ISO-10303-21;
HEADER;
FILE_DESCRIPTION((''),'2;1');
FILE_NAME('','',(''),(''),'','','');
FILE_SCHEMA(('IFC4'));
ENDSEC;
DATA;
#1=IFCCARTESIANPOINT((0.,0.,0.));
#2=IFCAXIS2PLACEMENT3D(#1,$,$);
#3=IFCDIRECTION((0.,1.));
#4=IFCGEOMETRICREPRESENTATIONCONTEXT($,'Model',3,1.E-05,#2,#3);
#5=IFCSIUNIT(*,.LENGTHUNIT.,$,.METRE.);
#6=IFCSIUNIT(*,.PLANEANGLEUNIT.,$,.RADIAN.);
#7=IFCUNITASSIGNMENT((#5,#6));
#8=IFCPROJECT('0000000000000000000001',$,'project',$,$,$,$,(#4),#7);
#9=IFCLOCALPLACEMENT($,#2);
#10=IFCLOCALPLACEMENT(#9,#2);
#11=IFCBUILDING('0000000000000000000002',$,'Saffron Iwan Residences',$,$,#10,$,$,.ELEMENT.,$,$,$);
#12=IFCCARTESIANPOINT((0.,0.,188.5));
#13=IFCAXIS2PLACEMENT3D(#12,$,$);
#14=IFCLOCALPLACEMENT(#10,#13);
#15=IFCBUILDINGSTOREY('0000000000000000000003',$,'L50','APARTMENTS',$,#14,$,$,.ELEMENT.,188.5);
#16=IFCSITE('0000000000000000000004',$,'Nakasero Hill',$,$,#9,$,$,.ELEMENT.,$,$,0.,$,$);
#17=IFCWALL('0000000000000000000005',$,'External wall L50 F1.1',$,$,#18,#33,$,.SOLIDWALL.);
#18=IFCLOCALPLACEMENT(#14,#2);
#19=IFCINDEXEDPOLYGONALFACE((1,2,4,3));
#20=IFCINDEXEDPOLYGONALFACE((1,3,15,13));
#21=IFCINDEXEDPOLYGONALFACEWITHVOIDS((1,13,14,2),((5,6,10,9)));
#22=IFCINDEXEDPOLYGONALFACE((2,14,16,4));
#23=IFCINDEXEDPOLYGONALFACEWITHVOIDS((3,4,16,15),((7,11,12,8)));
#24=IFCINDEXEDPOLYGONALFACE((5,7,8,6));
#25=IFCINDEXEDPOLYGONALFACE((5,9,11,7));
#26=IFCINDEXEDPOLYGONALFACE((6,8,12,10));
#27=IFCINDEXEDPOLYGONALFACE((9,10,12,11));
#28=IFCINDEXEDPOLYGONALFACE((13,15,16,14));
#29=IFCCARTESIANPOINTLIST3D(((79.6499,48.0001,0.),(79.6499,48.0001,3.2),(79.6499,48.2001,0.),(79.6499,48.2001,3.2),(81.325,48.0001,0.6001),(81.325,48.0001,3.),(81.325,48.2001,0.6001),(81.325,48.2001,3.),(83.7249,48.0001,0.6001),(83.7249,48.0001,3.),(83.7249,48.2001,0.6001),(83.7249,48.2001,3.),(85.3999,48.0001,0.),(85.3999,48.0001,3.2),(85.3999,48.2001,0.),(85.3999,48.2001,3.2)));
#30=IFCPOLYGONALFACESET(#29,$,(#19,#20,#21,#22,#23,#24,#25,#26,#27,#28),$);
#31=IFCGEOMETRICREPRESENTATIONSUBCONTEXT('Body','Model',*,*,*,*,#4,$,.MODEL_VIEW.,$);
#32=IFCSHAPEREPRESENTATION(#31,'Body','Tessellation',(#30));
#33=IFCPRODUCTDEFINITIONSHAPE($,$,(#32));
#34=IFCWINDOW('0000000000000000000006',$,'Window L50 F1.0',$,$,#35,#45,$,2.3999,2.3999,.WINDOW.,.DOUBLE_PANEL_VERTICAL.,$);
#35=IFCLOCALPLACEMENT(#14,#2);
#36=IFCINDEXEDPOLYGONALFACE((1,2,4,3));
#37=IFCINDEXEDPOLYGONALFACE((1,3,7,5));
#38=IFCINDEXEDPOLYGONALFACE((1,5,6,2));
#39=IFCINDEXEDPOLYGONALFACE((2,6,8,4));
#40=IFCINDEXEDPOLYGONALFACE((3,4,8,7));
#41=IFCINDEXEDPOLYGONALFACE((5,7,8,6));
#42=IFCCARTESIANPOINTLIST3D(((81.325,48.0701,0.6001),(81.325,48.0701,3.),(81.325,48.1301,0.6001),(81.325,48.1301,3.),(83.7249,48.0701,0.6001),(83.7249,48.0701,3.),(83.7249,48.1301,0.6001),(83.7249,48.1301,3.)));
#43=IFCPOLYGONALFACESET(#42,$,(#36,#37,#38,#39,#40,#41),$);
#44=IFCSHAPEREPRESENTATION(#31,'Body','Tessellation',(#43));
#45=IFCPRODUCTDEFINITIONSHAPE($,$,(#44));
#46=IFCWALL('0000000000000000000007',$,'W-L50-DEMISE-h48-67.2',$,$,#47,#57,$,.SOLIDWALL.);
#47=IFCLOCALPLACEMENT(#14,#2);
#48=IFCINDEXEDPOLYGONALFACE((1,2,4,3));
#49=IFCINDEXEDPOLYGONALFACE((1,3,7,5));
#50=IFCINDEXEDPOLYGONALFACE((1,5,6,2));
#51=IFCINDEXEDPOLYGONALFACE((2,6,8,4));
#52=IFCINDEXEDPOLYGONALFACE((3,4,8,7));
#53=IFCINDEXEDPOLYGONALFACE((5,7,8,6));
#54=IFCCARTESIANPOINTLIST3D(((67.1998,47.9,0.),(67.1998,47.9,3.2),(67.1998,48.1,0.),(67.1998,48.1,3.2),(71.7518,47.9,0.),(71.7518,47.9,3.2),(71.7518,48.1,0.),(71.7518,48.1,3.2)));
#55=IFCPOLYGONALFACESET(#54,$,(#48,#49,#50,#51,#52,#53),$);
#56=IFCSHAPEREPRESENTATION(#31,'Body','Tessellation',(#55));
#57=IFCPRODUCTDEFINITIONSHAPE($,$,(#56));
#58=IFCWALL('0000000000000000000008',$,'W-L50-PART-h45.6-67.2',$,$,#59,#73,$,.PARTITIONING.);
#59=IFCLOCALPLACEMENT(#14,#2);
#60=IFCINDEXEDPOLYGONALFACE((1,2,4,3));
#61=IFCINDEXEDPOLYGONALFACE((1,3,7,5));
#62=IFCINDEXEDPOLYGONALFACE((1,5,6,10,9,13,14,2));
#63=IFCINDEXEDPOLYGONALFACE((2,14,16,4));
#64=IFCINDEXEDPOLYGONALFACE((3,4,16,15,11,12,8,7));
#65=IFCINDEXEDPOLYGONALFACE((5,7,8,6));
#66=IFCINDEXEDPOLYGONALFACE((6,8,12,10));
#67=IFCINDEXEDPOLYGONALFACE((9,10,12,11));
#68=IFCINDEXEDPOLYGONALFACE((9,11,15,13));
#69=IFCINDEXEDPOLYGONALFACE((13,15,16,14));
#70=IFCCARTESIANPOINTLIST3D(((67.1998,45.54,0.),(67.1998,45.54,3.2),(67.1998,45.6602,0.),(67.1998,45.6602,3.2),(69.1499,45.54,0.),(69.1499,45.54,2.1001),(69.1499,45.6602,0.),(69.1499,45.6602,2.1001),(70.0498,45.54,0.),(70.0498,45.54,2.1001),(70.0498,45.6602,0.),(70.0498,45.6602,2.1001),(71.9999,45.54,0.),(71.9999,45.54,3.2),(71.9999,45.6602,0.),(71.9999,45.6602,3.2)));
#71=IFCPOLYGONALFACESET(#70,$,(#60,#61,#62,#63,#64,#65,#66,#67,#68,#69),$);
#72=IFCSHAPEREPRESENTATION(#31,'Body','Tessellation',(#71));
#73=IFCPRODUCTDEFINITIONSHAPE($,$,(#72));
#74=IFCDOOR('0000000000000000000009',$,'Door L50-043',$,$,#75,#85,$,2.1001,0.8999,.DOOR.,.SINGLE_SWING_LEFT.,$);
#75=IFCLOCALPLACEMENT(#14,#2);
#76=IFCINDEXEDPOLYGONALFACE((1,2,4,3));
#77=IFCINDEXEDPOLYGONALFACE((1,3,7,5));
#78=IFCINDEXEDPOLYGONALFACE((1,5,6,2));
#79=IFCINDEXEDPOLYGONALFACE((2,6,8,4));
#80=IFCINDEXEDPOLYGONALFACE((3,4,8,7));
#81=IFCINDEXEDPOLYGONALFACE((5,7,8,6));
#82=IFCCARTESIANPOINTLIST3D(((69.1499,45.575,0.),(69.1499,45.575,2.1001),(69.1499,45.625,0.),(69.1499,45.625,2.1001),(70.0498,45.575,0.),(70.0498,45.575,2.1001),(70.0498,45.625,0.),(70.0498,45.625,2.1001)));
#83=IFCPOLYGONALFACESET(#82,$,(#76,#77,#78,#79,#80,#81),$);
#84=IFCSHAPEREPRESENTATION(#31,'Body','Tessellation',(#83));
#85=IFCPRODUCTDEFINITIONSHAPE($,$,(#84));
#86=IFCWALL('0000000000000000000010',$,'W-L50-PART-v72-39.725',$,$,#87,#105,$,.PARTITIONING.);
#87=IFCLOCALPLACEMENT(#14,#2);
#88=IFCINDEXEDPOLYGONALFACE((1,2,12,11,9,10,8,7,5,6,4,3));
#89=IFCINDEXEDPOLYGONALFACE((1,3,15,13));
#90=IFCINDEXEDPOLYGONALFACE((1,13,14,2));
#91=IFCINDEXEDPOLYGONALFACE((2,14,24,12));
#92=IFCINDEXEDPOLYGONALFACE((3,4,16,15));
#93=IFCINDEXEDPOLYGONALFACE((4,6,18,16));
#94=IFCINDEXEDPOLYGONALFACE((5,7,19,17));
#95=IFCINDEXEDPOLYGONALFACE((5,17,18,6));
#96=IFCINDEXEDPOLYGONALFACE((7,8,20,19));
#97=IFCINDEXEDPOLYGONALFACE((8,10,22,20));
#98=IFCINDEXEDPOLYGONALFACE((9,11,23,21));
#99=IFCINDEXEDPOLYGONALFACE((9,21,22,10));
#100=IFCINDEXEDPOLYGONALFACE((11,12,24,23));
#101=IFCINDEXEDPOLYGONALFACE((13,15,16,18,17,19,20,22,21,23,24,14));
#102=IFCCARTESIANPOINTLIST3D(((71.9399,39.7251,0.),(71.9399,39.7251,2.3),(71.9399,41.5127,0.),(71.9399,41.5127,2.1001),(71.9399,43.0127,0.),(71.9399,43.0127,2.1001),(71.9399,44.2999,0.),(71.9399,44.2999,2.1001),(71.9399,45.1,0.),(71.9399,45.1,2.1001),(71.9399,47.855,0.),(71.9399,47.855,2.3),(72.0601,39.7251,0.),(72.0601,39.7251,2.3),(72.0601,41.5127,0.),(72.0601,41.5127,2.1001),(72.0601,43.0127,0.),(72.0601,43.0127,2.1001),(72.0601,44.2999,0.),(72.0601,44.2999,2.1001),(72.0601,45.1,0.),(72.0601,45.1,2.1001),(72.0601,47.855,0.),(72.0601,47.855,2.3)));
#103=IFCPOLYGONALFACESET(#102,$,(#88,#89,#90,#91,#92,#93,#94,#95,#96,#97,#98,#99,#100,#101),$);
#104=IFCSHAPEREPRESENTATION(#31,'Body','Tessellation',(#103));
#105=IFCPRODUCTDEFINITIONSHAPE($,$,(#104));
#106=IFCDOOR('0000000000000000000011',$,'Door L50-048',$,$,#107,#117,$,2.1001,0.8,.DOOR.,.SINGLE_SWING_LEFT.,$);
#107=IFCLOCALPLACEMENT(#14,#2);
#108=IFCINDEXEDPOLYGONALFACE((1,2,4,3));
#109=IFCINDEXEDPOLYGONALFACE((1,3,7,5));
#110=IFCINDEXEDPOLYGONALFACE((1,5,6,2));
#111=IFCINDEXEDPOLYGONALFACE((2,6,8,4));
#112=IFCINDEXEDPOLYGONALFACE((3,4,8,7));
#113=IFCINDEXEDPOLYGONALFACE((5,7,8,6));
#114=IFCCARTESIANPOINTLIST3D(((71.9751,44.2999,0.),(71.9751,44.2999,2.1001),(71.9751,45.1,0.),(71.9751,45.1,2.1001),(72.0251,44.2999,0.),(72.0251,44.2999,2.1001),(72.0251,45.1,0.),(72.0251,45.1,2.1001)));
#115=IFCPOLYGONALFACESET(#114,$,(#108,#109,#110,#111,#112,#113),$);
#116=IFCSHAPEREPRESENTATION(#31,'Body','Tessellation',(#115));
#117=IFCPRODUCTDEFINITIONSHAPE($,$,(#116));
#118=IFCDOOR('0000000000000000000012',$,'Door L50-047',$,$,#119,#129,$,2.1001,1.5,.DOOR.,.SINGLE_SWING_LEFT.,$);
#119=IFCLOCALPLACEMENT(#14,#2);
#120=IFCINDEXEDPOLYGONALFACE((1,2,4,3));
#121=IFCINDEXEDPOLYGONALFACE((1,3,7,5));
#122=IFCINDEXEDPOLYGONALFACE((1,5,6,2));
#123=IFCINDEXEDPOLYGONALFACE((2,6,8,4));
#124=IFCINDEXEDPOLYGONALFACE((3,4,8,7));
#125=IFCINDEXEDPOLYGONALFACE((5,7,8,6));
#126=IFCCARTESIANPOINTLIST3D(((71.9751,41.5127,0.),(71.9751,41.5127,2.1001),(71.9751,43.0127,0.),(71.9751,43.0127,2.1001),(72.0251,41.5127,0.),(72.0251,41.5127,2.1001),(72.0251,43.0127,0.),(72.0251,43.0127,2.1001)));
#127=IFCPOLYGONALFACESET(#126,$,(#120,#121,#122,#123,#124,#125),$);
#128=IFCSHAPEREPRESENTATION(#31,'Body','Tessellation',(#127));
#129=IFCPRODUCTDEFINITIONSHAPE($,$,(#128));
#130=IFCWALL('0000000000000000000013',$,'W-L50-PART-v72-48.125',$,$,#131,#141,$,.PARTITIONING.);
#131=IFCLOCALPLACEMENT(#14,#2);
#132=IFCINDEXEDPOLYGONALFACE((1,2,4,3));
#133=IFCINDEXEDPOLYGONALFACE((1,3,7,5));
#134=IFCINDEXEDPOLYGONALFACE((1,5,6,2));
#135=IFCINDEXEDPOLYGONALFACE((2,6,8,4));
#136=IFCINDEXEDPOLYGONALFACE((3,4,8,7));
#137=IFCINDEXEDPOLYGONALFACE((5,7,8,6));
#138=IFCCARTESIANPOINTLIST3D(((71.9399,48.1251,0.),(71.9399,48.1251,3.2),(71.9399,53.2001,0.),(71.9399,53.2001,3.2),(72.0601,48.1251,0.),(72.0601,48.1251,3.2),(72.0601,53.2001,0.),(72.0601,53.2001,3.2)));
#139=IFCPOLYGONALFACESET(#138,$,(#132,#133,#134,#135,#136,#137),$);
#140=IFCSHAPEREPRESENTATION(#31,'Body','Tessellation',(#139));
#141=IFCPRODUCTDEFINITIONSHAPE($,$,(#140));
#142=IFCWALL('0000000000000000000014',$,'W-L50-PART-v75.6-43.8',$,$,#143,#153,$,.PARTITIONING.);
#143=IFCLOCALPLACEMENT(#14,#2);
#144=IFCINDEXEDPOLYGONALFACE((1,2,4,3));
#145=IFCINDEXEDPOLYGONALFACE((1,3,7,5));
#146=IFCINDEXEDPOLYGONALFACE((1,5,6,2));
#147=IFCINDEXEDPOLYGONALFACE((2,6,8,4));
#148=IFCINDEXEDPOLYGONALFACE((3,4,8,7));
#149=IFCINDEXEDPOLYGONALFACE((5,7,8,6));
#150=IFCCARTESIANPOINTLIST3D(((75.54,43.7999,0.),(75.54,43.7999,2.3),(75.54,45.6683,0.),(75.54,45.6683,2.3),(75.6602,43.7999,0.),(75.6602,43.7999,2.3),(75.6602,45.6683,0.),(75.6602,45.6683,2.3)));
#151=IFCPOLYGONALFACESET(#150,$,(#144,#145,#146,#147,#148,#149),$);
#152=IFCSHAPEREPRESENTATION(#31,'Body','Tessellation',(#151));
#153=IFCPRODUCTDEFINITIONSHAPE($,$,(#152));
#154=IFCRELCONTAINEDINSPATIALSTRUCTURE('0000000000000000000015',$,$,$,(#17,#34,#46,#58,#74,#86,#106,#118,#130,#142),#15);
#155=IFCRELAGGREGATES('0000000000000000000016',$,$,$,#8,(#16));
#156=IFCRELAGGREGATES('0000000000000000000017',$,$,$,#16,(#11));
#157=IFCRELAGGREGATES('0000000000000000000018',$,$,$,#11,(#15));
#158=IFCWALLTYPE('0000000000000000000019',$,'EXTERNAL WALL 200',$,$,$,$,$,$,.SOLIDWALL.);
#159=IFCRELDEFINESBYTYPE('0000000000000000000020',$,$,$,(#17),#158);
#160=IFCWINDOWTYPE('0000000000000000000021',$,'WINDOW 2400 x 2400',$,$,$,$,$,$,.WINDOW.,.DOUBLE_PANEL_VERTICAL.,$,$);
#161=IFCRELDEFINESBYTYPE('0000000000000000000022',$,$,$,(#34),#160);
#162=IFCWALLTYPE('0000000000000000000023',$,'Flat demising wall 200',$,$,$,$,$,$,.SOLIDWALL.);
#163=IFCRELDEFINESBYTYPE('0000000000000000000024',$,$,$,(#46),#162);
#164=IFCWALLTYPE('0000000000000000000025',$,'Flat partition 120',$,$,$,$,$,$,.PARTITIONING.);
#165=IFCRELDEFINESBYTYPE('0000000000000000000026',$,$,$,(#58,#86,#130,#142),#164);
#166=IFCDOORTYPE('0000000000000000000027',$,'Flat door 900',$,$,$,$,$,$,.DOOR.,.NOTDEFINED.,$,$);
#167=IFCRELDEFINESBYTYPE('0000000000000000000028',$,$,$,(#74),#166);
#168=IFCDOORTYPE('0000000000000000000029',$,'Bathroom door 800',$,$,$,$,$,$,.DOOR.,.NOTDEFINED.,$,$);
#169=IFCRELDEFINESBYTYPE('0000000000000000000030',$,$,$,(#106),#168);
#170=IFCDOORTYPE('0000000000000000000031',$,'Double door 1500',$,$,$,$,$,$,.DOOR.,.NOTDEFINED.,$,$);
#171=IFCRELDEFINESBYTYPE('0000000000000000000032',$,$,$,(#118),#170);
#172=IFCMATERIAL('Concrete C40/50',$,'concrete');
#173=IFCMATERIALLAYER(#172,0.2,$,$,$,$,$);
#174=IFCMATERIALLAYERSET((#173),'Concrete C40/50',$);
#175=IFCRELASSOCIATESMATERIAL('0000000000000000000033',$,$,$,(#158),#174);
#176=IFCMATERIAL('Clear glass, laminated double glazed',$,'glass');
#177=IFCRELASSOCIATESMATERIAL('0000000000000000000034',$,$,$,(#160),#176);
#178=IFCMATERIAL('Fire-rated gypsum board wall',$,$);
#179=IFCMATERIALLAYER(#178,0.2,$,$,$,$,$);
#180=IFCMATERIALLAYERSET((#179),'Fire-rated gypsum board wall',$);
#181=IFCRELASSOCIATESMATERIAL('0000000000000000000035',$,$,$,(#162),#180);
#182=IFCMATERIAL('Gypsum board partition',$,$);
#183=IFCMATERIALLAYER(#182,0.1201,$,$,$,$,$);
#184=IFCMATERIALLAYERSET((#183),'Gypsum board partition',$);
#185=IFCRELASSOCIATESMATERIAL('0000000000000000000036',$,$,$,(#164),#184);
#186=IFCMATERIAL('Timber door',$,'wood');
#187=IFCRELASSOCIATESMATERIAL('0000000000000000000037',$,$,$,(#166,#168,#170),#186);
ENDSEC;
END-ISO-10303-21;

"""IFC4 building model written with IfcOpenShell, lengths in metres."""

from ifc_helpers import new_model, si_unit, direction, frame, frame_2d, origin, place, context, subcontext, project, spatial, rectangle, extrude, material, layer, layer_set, type_object, element, fill, save


model = new_model("IFC4")

# Units and contexts
model_context = context("Model", 3, precision=1e-05, world=origin(), true_north=direction((0.0, 1.0)))
body_context = subcontext(model_context, "Body", "Model", "MODEL_VIEW")
ifc_project = project(units=[si_unit("LENGTHUNIT", "METRE"), si_unit("PLANEANGLEUNIT", "RADIAN")], contexts=[model_context])

# Site, building, storey
site_placement = place(None, origin())
site = spatial("IfcSite", under=ifc_project, at=site_placement, Name="Nakasero Hill", CompositionType="ELEMENT", RefElevation=0.0)
building_placement = place(site_placement, origin())
building = spatial("IfcBuilding", under=site, at=building_placement, Name="Saffron Iwan Residences", CompositionType="ELEMENT")
storey_placement = place(building_placement, frame((0.0, 0.0, 188.5)))
storey = spatial("IfcBuildingStorey", under=building, at=storey_placement, Name="L50", Description="APARTMENTS", CompositionType="ELEMENT", Elevation=188.5)

# Wall, opening, window
ifc_material_1 = material(Name="Concrete C40/50", Category="concrete")
ifc_layer_1 = layer(ifc_material_1, 0.2)
ifc_layer_set_1 = layer_set([ifc_layer_1], Name="Concrete C40/50")
wall_type_1 = type_object("IfcWallType", Name="EXTERNAL WALL 200", PredefinedType="SOLIDWALL", material=ifc_layer_set_1)
ifc_material_2 = material(Name="Clear glass, laminated double glazed", Category="glass")
wall_1_placement = place(storey_placement, frame((79.6499, 48.1001, 0.0), z_axis=(0.0, 0.0, 1.0), x_axis=(1.0, 0.0, 0.0)))
wall_1 = element("IfcWall", 1, at=wall_1_placement, inside=storey, type_object=wall_type_1, Name="External wall L50 F1.1", PredefinedType="SOLIDWALL", context=body_context, shape_type="SweptSolid", body=[
    extrude(rectangle(XDim=5.75, YDim=0.2, at=frame_2d((2.875, 0.0))), origin(), (0.0, 0.0, 1.0), 3.2),
])
opening_1_placement = place(wall_1_placement, frame((1.675, 0.0, 0.6001)))
opening_1 = element("IfcOpeningElement", 2, at=opening_1_placement, cuts=wall_1, PredefinedType="OPENING", context=body_context, shape_type="SweptSolid", body=[
    extrude(rectangle(XDim=2.3999, YDim=2.3999, at=frame_2d((1.2, 1.2))), frame((0.0, 0.1099, 0.0), z_axis=(0.0, -1.0, 0.0), x_axis=(1.0, 0.0, 0.0)), (0.0, 0.0, 1.0), 0.22),
])
window_type_1 = type_object("IfcWindowType", Name="WINDOW 2400 x 2400", PartitioningType="DOUBLE_PANEL_VERTICAL", PredefinedType="WINDOW", material=ifc_material_2)
window_1_placement = place(opening_1_placement, origin())
window_1 = element("IfcWindow", 3, at=window_1_placement, inside=storey, type_object=window_type_1, Name="Window L50 F1.0", OverallHeight=2.3999, OverallWidth=2.3999, PartitioningType="DOUBLE_PANEL_VERTICAL", PredefinedType="WINDOW", context=body_context, shape_type="SweptSolid", body=[
    extrude(rectangle(XDim=2.3999, YDim=2.3999, at=frame_2d((1.2, 1.2))), frame((0.0, 0.03, 0.0), z_axis=(0.0, -1.0, 0.0), x_axis=(1.0, 0.0, 0.0)), (0.0, 0.0, 1.0), 0.0601),
])
fill(opening_1, window_1)

# Wall
ifc_material_3 = material(Name="Fire-rated gypsum board wall")
ifc_layer_2 = layer(ifc_material_3, 0.2)
ifc_layer_set_2 = layer_set([ifc_layer_2], Name="Fire-rated gypsum board wall")
wall_type_2 = type_object("IfcWallType", Name="Flat demising wall 200", PredefinedType="SOLIDWALL", material=ifc_layer_set_2)
wall_2_placement = place(storey_placement, frame((67.2, 48.0, 0.0), z_axis=(0.0, 0.0, 1.0), x_axis=(1.0, 0.0, 0.0)))
element("IfcWall", 4, at=wall_2_placement, inside=storey, type_object=wall_type_2, Name="W-L50-DEMISE-h48-67.2", PredefinedType="SOLIDWALL", context=body_context, shape_type="SweptSolid", body=[
    extrude(rectangle(XDim=4.552, YDim=0.2, at=frame_2d((2.2759, 0.0))), origin(), (0.0, 0.0, 1.0), 3.2),
])

# Wall, opening, door
ifc_material_4 = material(Name="Gypsum board partition")
ifc_layer_3 = layer(ifc_material_4, 0.1201)
ifc_layer_set_3 = layer_set([ifc_layer_3], Name="Gypsum board partition")
wall_type_3 = type_object("IfcWallType", Name="Flat partition 120", PredefinedType="PARTITIONING", material=ifc_layer_set_3)
wall_3_placement = place(storey_placement, frame((67.2, 45.6001, 0.0), z_axis=(0.0, 0.0, 1.0), x_axis=(1.0, 0.0, 0.0)))
wall_3 = element("IfcWall", 5, at=wall_3_placement, inside=storey, type_object=wall_type_3, Name="W-L50-PART-h45.6-67.2", PredefinedType="PARTITIONING", context=body_context, shape_type="SweptSolid", body=[
    extrude(rectangle(XDim=4.8, YDim=0.1201, at=frame_2d((2.3999, 0.0))), origin(), (0.0, 0.0, 1.0), 3.2),
])
opening_2_placement = place(wall_3_placement, frame((1.95, 0.0, 0.0)))
opening_2 = element("IfcOpeningElement", 6, at=opening_2_placement, cuts=wall_3, PredefinedType="OPENING", context=body_context, shape_type="SweptSolid", body=[
    extrude(rectangle(XDim=0.8999, YDim=2.1001, at=frame_2d((0.45, 1.05))), frame((0.0, 0.0701, 0.0), z_axis=(0.0, -1.0, 0.0), x_axis=(1.0, 0.0, 0.0)), (0.0, 0.0, 1.0), 0.1401),
])
ifc_material_5 = material(Name="Timber door", Category="wood")
door_type_1 = type_object("IfcDoorType", Name="Flat door 900", OperationType="NOTDEFINED", PredefinedType="DOOR", material=ifc_material_5)
door_1_placement = place(opening_2_placement, origin())
door_1 = element("IfcDoor", 7, at=door_1_placement, inside=storey, type_object=door_type_1, Name="Door L50-043", OperationType="SINGLE_SWING_LEFT", OverallHeight=2.1001, OverallWidth=0.8999, PredefinedType="DOOR", context=body_context, shape_type="SweptSolid", body=[
    extrude(rectangle(XDim=0.8999, YDim=2.1001, at=frame_2d((0.45, 1.05))), frame((0.0, 0.0249, 0.0), z_axis=(0.0, -1.0, 0.0), x_axis=(1.0, 0.0, 0.0)), (0.0, 0.0, 1.0), 0.05),
])
fill(opening_2, door_1)

# Wall, openings, doors
wall_4_placement = place(storey_placement, frame((72.0, 39.7251, 0.0), z_axis=(0.0, 0.0, 1.0), x_axis=(0.0, 1.0, 0.0)))
wall_4 = element("IfcWall", 8, at=wall_4_placement, inside=storey, type_object=wall_type_3, Name="W-L50-PART-v72-39.725", PredefinedType="PARTITIONING", context=body_context, shape_type="SweptSolid", body=[
    extrude(rectangle(XDim=8.1299, YDim=0.1201, at=frame_2d((4.0649, 0.0))), origin(), (0.0, 0.0, 1.0), 2.3),
])
opening_3_placement = place(wall_4_placement, frame((1.7876, 0.0, 0.0)))
opening_3 = element("IfcOpeningElement", 9, at=opening_3_placement, cuts=wall_4, PredefinedType="OPENING", context=body_context, shape_type="SweptSolid", body=[
    extrude(rectangle(XDim=1.5, YDim=2.1001, at=frame_2d((0.75, 1.05))), frame((0.0, 0.0701, 0.0), z_axis=(0.0, -1.0, 0.0), x_axis=(1.0, 0.0, 0.0)), (0.0, 0.0, 1.0), 0.1401),
])
opening_4_placement = place(wall_4_placement, frame((4.575, 0.0, 0.0)))
opening_4 = element("IfcOpeningElement", 10, at=opening_4_placement, cuts=wall_4, PredefinedType="OPENING", context=body_context, shape_type="SweptSolid", body=[
    extrude(rectangle(XDim=0.8, YDim=2.1001, at=frame_2d((0.3999, 1.05))), frame((0.0, 0.0701, 0.0), z_axis=(0.0, -1.0, 0.0), x_axis=(1.0, 0.0, 0.0)), (0.0, 0.0, 1.0), 0.1401),
])
door_type_2 = type_object("IfcDoorType", Name="Bathroom door 800", OperationType="NOTDEFINED", PredefinedType="DOOR", material=ifc_material_5)
door_2_placement = place(opening_4_placement, origin())
door_2 = element("IfcDoor", 11, at=door_2_placement, inside=storey, type_object=door_type_2, Name="Door L50-048", OperationType="SINGLE_SWING_LEFT", OverallHeight=2.1001, OverallWidth=0.8, PredefinedType="DOOR", context=body_context, shape_type="SweptSolid", body=[
    extrude(rectangle(XDim=0.8, YDim=2.1001, at=frame_2d((0.3999, 1.05))), frame((0.0, 0.0249, 0.0), z_axis=(0.0, -1.0, 0.0), x_axis=(1.0, 0.0, 0.0)), (0.0, 0.0, 1.0), 0.05),
])
fill(opening_4, door_2)
door_type_3 = type_object("IfcDoorType", Name="Double door 1500", OperationType="NOTDEFINED", PredefinedType="DOOR", material=ifc_material_5)
door_3_placement = place(opening_3_placement, origin())
door_3 = element("IfcDoor", 12, at=door_3_placement, inside=storey, type_object=door_type_3, Name="Door L50-047", OperationType="SINGLE_SWING_LEFT", OverallHeight=2.1001, OverallWidth=1.5, PredefinedType="DOOR", context=body_context, shape_type="SweptSolid", body=[
    extrude(rectangle(XDim=1.5, YDim=2.1001, at=frame_2d((0.75, 1.05))), frame((0.0, 0.0249, 0.0), z_axis=(0.0, -1.0, 0.0), x_axis=(1.0, 0.0, 0.0)), (0.0, 0.0, 1.0), 0.05),
])
fill(opening_3, door_3)

# Walls
wall_5_placement = place(storey_placement, frame((72.0, 48.125, 0.0), z_axis=(0.0, 0.0, 1.0), x_axis=(0.0, 1.0, 0.0)))
element("IfcWall", 13, at=wall_5_placement, inside=storey, type_object=wall_type_3, Name="W-L50-PART-v72-48.125", PredefinedType="PARTITIONING", context=body_context, shape_type="SweptSolid", body=[
    extrude(rectangle(XDim=5.075, YDim=0.1201, at=frame_2d((2.5376, 0.0))), origin(), (0.0, 0.0, 1.0), 3.2),
])
wall_6_placement = place(storey_placement, frame((75.6001, 43.8, 0.0), z_axis=(0.0, 0.0, 1.0), x_axis=(0.0, 1.0, 0.0)))
element("IfcWall", 14, at=wall_6_placement, inside=storey, type_object=wall_type_3, Name="W-L50-PART-v75.6-43.8", PredefinedType="PARTITIONING", context=body_context, shape_type="SweptSolid", body=[
    extrude(rectangle(XDim=1.8684, YDim=0.1201, at=frame_2d((0.9341, 0.0))), origin(), (0.0, 0.0, 1.0), 2.3),
])

save(model, "model.ifc")
